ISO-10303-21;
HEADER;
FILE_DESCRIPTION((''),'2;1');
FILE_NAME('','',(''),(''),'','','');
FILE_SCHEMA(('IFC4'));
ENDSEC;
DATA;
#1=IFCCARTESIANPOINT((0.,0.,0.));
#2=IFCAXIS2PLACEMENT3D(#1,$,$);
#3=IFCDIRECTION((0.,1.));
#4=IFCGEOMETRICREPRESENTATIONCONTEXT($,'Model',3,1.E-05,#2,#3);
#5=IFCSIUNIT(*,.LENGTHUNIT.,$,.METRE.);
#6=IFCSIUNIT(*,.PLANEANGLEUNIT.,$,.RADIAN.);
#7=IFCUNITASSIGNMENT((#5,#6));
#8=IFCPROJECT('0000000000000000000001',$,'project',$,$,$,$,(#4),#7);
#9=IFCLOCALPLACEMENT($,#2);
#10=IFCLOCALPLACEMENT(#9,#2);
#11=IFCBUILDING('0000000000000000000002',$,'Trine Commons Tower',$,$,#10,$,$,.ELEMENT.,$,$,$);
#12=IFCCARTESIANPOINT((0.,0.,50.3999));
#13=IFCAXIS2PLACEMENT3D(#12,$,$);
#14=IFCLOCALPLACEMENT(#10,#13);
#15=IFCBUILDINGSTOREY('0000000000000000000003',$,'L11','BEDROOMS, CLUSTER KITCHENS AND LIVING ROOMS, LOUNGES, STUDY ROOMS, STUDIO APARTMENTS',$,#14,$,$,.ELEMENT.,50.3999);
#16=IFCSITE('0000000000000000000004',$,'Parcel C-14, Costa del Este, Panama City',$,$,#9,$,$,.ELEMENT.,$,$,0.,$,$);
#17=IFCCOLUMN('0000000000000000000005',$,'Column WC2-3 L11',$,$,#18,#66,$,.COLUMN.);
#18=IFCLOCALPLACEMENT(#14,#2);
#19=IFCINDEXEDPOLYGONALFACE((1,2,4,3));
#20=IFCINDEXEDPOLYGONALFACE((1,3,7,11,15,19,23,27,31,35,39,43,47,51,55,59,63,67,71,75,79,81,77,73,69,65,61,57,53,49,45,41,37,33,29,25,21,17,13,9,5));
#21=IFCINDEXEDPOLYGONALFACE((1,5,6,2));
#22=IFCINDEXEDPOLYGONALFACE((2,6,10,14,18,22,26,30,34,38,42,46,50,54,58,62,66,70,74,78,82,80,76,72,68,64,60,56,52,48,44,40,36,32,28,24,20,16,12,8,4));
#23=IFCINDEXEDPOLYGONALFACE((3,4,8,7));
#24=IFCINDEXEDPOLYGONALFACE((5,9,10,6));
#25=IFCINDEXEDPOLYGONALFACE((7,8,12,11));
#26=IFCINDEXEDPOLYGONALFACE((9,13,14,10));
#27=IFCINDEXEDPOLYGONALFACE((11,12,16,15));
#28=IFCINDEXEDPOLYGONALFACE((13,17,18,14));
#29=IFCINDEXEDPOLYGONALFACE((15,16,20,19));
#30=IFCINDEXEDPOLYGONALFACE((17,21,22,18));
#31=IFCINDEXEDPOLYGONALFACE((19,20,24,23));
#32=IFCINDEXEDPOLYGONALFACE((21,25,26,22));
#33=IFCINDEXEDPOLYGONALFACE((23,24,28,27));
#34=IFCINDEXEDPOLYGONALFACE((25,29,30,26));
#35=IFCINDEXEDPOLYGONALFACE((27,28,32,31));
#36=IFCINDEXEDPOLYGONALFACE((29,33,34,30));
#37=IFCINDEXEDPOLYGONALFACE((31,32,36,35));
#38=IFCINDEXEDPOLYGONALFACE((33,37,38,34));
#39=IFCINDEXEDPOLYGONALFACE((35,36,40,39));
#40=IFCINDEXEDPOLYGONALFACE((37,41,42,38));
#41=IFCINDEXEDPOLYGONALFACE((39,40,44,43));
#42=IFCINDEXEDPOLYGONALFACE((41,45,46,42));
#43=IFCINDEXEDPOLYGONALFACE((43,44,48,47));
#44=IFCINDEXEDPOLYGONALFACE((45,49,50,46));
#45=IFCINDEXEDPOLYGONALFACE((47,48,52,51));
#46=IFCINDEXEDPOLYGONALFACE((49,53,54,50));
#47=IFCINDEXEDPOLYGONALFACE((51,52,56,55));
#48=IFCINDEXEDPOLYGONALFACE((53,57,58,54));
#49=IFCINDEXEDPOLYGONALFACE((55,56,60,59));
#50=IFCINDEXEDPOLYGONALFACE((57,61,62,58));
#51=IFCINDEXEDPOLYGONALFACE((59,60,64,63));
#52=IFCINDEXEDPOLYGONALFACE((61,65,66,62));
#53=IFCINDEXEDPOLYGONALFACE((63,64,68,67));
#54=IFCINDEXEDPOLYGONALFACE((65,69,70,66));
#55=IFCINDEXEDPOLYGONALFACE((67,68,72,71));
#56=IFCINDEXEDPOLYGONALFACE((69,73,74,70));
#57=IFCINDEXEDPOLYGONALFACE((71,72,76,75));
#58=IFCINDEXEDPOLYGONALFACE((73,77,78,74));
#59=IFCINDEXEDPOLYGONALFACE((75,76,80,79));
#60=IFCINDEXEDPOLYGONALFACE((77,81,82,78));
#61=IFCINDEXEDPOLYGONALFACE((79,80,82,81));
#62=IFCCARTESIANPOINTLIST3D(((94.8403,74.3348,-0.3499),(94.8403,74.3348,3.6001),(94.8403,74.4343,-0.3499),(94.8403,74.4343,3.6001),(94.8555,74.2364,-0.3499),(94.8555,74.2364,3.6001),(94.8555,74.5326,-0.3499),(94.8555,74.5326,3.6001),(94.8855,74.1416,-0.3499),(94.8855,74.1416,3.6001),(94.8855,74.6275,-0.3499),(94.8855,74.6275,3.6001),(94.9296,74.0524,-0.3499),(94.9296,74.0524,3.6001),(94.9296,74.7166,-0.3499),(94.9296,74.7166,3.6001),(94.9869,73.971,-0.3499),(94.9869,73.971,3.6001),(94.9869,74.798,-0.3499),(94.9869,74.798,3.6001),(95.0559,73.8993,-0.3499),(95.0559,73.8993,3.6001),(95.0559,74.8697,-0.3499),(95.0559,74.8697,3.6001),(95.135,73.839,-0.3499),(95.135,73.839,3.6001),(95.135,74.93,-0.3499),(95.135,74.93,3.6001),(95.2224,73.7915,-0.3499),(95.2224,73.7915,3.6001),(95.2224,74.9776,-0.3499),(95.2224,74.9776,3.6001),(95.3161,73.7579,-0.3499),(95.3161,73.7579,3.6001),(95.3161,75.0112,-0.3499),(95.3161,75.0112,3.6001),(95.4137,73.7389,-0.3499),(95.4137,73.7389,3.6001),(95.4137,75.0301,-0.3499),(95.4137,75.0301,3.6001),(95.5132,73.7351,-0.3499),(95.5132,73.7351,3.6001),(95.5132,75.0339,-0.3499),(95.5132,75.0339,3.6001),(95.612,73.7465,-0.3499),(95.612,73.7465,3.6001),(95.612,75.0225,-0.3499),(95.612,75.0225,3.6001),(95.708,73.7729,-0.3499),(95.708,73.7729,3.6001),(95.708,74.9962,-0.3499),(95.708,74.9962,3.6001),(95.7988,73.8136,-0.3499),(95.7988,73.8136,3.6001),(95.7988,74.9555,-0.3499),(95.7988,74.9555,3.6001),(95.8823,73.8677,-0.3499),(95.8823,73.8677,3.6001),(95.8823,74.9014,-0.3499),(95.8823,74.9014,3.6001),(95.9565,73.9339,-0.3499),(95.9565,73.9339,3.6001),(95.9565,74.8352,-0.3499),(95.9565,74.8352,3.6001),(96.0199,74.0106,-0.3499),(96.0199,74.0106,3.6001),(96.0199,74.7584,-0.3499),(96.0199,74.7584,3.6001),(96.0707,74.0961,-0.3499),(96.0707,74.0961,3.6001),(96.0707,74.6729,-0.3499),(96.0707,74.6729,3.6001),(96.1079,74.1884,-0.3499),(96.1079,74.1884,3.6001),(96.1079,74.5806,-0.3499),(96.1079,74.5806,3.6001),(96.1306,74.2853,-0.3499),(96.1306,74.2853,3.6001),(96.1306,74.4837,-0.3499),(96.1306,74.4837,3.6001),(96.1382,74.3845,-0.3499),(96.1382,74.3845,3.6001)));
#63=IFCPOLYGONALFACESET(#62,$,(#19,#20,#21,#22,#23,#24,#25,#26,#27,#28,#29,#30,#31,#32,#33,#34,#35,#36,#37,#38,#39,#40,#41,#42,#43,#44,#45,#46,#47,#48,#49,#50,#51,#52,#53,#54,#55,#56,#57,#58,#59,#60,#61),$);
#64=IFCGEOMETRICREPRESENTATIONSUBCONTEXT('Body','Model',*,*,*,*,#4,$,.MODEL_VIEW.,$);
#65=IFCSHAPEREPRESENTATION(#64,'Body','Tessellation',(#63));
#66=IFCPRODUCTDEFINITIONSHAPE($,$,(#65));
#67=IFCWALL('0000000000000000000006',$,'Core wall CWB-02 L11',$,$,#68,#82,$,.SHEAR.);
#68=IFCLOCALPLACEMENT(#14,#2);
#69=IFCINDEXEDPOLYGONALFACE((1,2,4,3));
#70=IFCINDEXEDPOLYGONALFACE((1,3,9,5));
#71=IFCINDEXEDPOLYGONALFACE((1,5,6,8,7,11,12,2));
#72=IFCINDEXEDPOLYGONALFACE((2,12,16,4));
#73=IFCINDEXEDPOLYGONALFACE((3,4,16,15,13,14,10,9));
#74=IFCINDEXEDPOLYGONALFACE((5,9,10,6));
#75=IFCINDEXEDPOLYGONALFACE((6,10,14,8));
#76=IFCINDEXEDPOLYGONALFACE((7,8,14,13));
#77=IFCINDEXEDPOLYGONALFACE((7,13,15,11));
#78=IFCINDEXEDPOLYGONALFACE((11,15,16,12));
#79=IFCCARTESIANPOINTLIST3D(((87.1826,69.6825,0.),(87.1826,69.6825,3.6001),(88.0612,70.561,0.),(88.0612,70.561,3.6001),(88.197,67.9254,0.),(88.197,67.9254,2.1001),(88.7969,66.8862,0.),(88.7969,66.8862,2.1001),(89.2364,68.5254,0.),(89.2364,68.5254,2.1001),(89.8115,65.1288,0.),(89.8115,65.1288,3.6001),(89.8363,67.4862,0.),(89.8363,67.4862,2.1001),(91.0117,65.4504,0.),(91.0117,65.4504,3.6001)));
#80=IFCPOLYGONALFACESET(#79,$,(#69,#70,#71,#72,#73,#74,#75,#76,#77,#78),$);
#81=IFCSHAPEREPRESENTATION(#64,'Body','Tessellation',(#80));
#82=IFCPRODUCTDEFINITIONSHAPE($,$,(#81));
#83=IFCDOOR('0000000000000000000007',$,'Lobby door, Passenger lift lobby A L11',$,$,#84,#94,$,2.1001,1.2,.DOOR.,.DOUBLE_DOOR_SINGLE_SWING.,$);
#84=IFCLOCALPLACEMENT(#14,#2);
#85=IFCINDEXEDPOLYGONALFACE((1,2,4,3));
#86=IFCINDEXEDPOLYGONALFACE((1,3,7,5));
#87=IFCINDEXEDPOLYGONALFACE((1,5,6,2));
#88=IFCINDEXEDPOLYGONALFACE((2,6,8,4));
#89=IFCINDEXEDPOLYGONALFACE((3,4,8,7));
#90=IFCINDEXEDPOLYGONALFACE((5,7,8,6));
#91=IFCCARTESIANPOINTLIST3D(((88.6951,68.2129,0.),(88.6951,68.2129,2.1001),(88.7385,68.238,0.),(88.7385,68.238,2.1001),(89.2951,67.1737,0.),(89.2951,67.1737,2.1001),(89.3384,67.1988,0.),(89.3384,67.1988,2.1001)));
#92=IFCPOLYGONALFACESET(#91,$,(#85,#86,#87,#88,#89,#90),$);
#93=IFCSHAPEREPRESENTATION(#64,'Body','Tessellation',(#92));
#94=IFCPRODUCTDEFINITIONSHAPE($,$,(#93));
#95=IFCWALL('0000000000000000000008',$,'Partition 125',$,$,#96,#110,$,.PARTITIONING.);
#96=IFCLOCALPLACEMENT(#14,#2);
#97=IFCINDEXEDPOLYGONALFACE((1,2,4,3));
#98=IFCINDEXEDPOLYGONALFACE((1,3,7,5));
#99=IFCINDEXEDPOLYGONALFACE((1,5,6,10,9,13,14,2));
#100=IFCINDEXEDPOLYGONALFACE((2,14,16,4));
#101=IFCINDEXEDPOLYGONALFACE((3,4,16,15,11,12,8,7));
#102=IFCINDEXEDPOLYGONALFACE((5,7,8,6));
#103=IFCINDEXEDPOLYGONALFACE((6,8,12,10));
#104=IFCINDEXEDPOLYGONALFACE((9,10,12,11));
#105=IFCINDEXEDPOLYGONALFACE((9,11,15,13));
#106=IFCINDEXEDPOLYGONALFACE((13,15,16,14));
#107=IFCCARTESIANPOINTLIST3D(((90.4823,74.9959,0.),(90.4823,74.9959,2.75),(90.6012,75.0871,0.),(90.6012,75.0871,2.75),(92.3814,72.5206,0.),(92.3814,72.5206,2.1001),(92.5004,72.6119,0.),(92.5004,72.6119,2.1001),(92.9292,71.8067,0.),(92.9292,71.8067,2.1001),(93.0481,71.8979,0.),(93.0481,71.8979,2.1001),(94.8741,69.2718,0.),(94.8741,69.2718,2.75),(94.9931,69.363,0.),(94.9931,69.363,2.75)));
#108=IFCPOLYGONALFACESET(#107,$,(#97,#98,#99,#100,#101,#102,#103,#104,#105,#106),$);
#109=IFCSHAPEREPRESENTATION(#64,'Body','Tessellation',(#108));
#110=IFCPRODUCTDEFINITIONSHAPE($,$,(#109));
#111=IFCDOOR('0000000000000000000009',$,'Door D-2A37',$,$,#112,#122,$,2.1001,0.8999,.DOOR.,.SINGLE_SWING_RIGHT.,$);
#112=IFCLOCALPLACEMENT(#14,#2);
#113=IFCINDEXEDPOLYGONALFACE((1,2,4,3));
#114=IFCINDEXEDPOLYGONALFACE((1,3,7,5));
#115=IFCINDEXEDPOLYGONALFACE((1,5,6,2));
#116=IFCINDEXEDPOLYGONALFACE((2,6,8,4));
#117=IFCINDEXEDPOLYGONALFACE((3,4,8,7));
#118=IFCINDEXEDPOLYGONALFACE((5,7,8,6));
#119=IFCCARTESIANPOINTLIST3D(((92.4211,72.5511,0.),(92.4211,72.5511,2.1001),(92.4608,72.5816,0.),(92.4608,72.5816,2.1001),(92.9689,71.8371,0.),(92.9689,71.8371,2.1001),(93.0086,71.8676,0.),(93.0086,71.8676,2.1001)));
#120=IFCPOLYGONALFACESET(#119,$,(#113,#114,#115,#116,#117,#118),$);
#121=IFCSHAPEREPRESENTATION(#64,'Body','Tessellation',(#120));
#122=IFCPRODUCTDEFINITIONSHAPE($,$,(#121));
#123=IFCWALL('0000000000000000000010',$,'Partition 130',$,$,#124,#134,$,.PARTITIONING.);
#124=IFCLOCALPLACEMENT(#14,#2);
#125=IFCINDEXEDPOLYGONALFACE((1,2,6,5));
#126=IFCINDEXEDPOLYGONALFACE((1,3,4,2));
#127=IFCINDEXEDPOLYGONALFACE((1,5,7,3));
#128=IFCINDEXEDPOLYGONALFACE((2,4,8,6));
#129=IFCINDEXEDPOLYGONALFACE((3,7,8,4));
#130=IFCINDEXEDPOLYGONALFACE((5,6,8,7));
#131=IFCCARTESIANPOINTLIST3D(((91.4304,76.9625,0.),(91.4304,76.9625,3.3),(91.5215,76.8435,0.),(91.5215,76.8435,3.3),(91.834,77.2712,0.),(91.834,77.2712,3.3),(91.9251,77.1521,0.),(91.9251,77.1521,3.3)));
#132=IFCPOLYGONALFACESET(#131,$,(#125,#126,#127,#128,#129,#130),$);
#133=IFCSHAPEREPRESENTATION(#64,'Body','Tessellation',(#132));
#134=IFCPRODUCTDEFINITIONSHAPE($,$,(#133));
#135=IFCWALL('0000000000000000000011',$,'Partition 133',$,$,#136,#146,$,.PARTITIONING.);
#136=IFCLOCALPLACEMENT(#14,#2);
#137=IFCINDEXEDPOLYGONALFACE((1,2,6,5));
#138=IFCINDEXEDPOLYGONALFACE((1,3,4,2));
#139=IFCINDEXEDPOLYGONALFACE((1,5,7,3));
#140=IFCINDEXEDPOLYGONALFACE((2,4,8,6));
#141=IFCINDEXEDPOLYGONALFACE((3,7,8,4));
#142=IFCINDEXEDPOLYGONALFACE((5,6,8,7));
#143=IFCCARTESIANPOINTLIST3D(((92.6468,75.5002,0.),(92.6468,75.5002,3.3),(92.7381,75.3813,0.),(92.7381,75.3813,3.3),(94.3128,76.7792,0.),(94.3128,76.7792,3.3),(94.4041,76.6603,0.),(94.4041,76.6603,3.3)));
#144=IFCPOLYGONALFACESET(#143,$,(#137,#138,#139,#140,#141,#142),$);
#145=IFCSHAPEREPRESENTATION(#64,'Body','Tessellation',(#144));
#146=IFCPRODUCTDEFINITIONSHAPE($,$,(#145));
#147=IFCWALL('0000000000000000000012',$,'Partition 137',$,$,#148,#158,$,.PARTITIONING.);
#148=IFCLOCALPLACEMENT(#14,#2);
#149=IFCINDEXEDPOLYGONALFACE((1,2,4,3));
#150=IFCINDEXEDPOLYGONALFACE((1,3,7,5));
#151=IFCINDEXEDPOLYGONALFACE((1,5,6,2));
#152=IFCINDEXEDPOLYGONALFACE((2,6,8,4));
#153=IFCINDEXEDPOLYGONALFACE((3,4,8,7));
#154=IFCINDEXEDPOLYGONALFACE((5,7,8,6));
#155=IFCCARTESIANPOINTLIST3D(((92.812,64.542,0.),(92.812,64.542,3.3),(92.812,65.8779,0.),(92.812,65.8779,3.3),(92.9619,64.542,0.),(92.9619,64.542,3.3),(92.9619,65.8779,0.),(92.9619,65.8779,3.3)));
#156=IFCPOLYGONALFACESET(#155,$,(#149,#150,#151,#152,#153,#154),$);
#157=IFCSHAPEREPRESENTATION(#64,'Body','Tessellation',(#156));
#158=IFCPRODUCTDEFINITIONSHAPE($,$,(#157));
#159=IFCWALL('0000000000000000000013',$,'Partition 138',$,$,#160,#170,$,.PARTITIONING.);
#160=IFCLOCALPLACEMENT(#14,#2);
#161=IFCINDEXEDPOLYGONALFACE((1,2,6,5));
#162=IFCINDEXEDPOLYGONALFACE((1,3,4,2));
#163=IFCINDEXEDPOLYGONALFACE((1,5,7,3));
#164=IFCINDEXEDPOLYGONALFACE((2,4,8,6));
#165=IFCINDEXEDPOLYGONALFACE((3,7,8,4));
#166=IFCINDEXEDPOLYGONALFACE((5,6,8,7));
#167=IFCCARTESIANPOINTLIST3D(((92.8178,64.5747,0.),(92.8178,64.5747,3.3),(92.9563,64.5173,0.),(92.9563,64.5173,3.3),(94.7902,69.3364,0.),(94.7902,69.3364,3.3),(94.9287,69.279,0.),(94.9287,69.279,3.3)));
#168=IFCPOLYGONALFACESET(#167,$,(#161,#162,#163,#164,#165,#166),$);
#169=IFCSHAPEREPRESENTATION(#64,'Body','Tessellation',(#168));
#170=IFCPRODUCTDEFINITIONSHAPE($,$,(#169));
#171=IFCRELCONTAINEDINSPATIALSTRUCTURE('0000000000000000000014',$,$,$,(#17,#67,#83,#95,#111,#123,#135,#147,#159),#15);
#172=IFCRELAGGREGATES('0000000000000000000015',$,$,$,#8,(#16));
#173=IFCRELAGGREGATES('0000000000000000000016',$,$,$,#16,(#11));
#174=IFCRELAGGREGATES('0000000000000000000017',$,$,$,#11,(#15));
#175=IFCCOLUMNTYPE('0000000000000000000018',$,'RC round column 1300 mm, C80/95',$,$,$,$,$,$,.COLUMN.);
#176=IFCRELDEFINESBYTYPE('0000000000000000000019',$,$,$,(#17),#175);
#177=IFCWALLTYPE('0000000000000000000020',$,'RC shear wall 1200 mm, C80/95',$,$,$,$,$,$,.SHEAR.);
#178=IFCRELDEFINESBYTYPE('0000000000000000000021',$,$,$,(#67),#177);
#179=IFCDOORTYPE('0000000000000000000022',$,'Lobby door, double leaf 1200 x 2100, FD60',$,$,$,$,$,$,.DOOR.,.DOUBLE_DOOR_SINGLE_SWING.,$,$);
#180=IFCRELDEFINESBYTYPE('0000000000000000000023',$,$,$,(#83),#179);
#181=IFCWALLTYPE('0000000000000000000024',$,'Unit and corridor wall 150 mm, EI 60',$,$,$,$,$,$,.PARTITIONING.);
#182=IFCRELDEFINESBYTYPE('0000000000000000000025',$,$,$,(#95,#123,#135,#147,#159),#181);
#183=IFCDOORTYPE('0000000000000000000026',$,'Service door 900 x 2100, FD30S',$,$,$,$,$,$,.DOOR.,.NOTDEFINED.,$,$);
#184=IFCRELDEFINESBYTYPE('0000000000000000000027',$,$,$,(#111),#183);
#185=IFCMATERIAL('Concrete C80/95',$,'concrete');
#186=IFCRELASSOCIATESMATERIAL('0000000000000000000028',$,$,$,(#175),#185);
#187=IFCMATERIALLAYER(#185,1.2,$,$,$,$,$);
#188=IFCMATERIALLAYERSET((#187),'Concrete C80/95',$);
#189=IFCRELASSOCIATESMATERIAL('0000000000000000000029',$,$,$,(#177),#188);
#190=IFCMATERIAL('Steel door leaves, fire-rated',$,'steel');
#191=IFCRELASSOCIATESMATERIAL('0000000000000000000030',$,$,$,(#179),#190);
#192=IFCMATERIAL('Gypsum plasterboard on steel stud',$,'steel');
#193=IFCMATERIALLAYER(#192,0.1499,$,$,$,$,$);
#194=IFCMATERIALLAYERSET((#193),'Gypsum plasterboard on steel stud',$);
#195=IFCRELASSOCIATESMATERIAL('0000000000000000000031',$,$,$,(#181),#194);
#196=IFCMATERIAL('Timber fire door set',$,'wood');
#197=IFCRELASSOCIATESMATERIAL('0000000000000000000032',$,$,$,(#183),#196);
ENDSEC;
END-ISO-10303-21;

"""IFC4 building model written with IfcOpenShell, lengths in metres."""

from ifc_helpers import new_model, si_unit, direction, frame, frame_2d, origin, origin_2d, place, context, subcontext, project, spatial, polyline, rectangle, circle, outline, extrude, material, layer, layer_set, material_profile, profile_set, type_object, element, fill, save


model = new_model("IFC4")

# Units and contexts
model_context = context("Model", 3, precision=1e-05, world=origin(), true_north=direction((0.0, 1.0)))
body_context = subcontext(model_context, "Body", "Model", "MODEL_VIEW")
ifc_project = project(units=[si_unit("LENGTHUNIT", "METRE"), si_unit("PLANEANGLEUNIT", "RADIAN")], contexts=[model_context])

# Site, building, storey
site_placement = place(None, origin())
site = spatial("IfcSite", under=ifc_project, at=site_placement, Name="Parcel C-14, Costa del Este, Panama City", CompositionType="ELEMENT", RefElevation=0.0)
building_placement = place(site_placement, origin())
building = spatial("IfcBuilding", under=site, at=building_placement, Name="Trine Commons Tower", CompositionType="ELEMENT")
storey_placement = place(building_placement, frame((0.0, 0.0, 50.3999)))
storey = spatial("IfcBuildingStorey", under=building, at=storey_placement, Name="L11", Description="BEDROOMS, CLUSTER KITCHENS AND LIVING ROOMS, LOUNGES, STUDY ROOMS, STUDIO APARTMENTS", CompositionType="ELEMENT", Elevation=50.3999)

# Column
ifc_material_1 = material(Name="Concrete C80/95", Category="concrete")
ifc_material_profile = material_profile(ifc_material_1, circle(Radius=0.6499, at=origin_2d()), Name="RC round 1300")
ifc_profile_set = profile_set([ifc_material_profile], Name="Concrete C80/95")
column_type = type_object("IfcColumnType", Name="RC round column 1300 mm, C80/95", PredefinedType="COLUMN", material=ifc_profile_set)
column_placement = place(storey_placement, frame((95.4883, 74.3845, -0.3499), z_axis=(0.0, 0.0, 1.0), x_axis=(1.0, 0.0, 0.0)))
element("IfcColumn", 1, at=column_placement, inside=storey, type_object=column_type, Name="Column WC2-3 L11", PredefinedType="COLUMN", context=body_context, shape_type="SweptSolid", body=[
    extrude(circle(Radius=0.6499, at=origin_2d()), origin(), (0.0, 0.0, 1.0), 3.95),
])

# Walls, openings, doors
ifc_layer_1 = layer(ifc_material_1, 1.2)
ifc_layer_set_1 = layer_set([ifc_layer_1], Name="Concrete C80/95")
wall_type_1 = type_object("IfcWallType", Name="RC shear wall 1200 mm, C80/95", PredefinedType="SHEAR", material=ifc_layer_set_1)
wall_1_placement = place(storey_placement, frame((90.4919, 65.1504, 0.0), z_axis=(0.0, 0.0, 1.0), x_axis=(-0.499979, 0.866037, 0.0)))
wall_1 = element("IfcWall", 2, at=wall_1_placement, inside=storey, type_object=wall_type_1, Name="Core wall CWB-02 L11", PredefinedType="SHEAR", context=body_context, shape_type="SweptSolid", body=[
    extrude(outline(polyline([(0.0, -0.6001), (5.9011, -0.6001), (5.5796, 0.6001), (0.3215, 0.6001), (0.0, -0.6001)])), origin(), (0.0, 0.0, 1.0), 3.6001),
])
opening_1_placement = place(wall_1_placement, frame((2.3506, 0.0, 0.0)))
opening_1 = element("IfcOpeningElement", 3, at=opening_1_placement, cuts=wall_1, PredefinedType="OPENING", context=body_context, shape_type="SweptSolid", body=[
    extrude(rectangle(XDim=1.2, YDim=2.1001, at=frame_2d((0.6001, 1.05))), frame((0.0, 0.6099, 0.0), z_axis=(0.0, -1.0, 0.0), x_axis=(1.0, 0.0, 0.0)), (0.0, 0.0, 1.0), 1.22),
])
ifc_material_2 = material(Name="Steel door leaves, fire-rated", Category="steel")
door_type_1 = type_object("IfcDoorType", Name="Lobby door, double leaf 1200 x 2100, FD60", OperationType="DOUBLE_DOOR_SINGLE_SWING", PredefinedType="DOOR", material=ifc_material_2)
door_1_placement = place(opening_1_placement, origin())
door_1 = element("IfcDoor", 4, at=door_1_placement, inside=storey, type_object=door_type_1, Name="Lobby door, Passenger lift lobby A L11", OperationType="DOUBLE_DOOR_SINGLE_SWING", OverallHeight=2.1001, OverallWidth=1.2, PredefinedType="DOOR", context=body_context, shape_type="SweptSolid", body=[
    extrude(rectangle(XDim=1.2, YDim=2.1001, at=frame_2d((0.6001, 1.05))), frame((0.0, 0.0249, 0.0), z_axis=(0.0, -1.0, 0.0), x_axis=(1.0, 0.0, 0.0)), (0.0, 0.0, 1.0), 0.05),
])
fill(opening_1, door_1)
ifc_material_3 = material(Name="Gypsum plasterboard on steel stud", Category="steel")
ifc_layer_2 = layer(ifc_material_3, 0.1499)
ifc_layer_set_2 = layer_set([ifc_layer_2], Name="Gypsum plasterboard on steel stud")
wall_type_2 = type_object("IfcWallType", Name="Unit and corridor wall 150 mm, EI 60", PredefinedType="PARTITIONING", material=ifc_layer_set_2)
wall_2_placement = place(storey_placement, frame((90.5417, 75.0415, 0.0), z_axis=(0.0, 0.0, 1.0), x_axis=(0.608724, -0.793382, 0.0)))
wall_2 = element("IfcWall", 5, at=wall_2_placement, inside=storey, type_object=wall_type_2, Name="Partition 125", PredefinedType="PARTITIONING", context=body_context, shape_type="SweptSolid", body=[
    extrude(rectangle(XDim=7.2148, YDim=0.1499, at=frame_2d((3.6074, 0.0))), origin(), (0.0, 0.0, 1.0), 2.75),
])
opening_2_placement = place(wall_2_placement, frame((3.1199, 0.0, 0.0)))
opening_2 = element("IfcOpeningElement", 6, at=opening_2_placement, cuts=wall_2, PredefinedType="OPENING", context=body_context, shape_type="SweptSolid", body=[
    extrude(rectangle(XDim=0.8999, YDim=2.1001, at=frame_2d((0.45, 1.05))), frame((0.0, 0.085, 0.0), z_axis=(0.0, -1.0, 0.0), x_axis=(1.0, 0.0, 0.0)), (0.0, 0.0, 1.0), 0.1699),
])
ifc_material_4 = material(Name="Timber fire door set", Category="wood")
door_type_2 = type_object("IfcDoorType", Name="Service door 900 x 2100, FD30S", OperationType="NOTDEFINED", PredefinedType="DOOR", material=ifc_material_4)
door_2_placement = place(opening_2_placement, frame((0.8999, 0.0, 0.0), z_axis=(0.0, 0.0, 1.0), x_axis=(-1.0, 0.0, 0.0)))
door_2 = element("IfcDoor", 7, at=door_2_placement, inside=storey, type_object=door_type_2, Name="Door D-2A37", OperationType="SINGLE_SWING_RIGHT", OverallHeight=2.1001, OverallWidth=0.8999, PredefinedType="DOOR", context=body_context, shape_type="SweptSolid", body=[
    extrude(rectangle(XDim=0.8999, YDim=2.1001, at=frame_2d((0.45, 1.05))), frame((0.0, 0.0249, 0.0), z_axis=(0.0, -1.0, 0.0), x_axis=(1.0, 0.0, 0.0)), (0.0, 0.0, 1.0), 0.05),
])
fill(opening_2, door_2)

# Walls
wall_3_placement = place(storey_placement, frame((91.4761, 76.9031, 0.0), z_axis=(0.0, 0.0, 1.0), x_axis=(0.794371, 0.607432, 0.0)))
element("IfcWall", 8, at=wall_3_placement, inside=storey, type_object=wall_type_2, Name="Partition 130", PredefinedType="PARTITIONING", context=body_context, shape_type="SweptSolid", body=[
    extrude(rectangle(XDim=0.5081, YDim=0.1499, at=frame_2d((0.2539, 0.0))), origin(), (0.0, 0.0, 1.0), 3.3),
])
wall_4_placement = place(storey_placement, frame((92.6924, 75.4407, 0.0), z_axis=(0.0, 0.0, 1.0), x_axis=(0.793198, 0.608963, 0.0)))
element("IfcWall", 9, at=wall_4_placement, inside=storey, type_object=wall_type_2, Name="Partition 133", PredefinedType="PARTITIONING", context=body_context, shape_type="SweptSolid", body=[
    extrude(rectangle(XDim=2.1003, YDim=0.1499, at=frame_2d((1.0503, 0.0))), origin(), (0.0, 0.0, 1.0), 3.3),
])
wall_5_placement = place(storey_placement, frame((92.887, 64.542, 0.0), z_axis=(0.0, 0.0, 1.0), x_axis=(0.0, 1.0, 0.0)))
element("IfcWall", 10, at=wall_5_placement, inside=storey, type_object=wall_type_2, Name="Partition 137", PredefinedType="PARTITIONING", context=body_context, shape_type="SweptSolid", body=[
    extrude(rectangle(XDim=1.3359, YDim=0.1499, at=frame_2d((0.668, 0.0))), origin(), (0.0, 0.0, 1.0), 3.3),
])
wall_6_placement = place(storey_placement, frame((92.887, 64.5459, 0.0), z_axis=(0.0, 0.0, 1.0), x_axis=(0.382691, 0.923877, 0.0)))
element("IfcWall", 11, at=wall_6_placement, inside=storey, type_object=wall_type_2, Name="Partition 138", PredefinedType="PARTITIONING", context=body_context, shape_type="SweptSolid", body=[
    extrude(rectangle(XDim=5.1541, YDim=0.1499, at=frame_2d((2.5771, 0.0))), origin(), (0.0, 0.0, 1.0), 3.3),
])

save(model, "model.ifc")
